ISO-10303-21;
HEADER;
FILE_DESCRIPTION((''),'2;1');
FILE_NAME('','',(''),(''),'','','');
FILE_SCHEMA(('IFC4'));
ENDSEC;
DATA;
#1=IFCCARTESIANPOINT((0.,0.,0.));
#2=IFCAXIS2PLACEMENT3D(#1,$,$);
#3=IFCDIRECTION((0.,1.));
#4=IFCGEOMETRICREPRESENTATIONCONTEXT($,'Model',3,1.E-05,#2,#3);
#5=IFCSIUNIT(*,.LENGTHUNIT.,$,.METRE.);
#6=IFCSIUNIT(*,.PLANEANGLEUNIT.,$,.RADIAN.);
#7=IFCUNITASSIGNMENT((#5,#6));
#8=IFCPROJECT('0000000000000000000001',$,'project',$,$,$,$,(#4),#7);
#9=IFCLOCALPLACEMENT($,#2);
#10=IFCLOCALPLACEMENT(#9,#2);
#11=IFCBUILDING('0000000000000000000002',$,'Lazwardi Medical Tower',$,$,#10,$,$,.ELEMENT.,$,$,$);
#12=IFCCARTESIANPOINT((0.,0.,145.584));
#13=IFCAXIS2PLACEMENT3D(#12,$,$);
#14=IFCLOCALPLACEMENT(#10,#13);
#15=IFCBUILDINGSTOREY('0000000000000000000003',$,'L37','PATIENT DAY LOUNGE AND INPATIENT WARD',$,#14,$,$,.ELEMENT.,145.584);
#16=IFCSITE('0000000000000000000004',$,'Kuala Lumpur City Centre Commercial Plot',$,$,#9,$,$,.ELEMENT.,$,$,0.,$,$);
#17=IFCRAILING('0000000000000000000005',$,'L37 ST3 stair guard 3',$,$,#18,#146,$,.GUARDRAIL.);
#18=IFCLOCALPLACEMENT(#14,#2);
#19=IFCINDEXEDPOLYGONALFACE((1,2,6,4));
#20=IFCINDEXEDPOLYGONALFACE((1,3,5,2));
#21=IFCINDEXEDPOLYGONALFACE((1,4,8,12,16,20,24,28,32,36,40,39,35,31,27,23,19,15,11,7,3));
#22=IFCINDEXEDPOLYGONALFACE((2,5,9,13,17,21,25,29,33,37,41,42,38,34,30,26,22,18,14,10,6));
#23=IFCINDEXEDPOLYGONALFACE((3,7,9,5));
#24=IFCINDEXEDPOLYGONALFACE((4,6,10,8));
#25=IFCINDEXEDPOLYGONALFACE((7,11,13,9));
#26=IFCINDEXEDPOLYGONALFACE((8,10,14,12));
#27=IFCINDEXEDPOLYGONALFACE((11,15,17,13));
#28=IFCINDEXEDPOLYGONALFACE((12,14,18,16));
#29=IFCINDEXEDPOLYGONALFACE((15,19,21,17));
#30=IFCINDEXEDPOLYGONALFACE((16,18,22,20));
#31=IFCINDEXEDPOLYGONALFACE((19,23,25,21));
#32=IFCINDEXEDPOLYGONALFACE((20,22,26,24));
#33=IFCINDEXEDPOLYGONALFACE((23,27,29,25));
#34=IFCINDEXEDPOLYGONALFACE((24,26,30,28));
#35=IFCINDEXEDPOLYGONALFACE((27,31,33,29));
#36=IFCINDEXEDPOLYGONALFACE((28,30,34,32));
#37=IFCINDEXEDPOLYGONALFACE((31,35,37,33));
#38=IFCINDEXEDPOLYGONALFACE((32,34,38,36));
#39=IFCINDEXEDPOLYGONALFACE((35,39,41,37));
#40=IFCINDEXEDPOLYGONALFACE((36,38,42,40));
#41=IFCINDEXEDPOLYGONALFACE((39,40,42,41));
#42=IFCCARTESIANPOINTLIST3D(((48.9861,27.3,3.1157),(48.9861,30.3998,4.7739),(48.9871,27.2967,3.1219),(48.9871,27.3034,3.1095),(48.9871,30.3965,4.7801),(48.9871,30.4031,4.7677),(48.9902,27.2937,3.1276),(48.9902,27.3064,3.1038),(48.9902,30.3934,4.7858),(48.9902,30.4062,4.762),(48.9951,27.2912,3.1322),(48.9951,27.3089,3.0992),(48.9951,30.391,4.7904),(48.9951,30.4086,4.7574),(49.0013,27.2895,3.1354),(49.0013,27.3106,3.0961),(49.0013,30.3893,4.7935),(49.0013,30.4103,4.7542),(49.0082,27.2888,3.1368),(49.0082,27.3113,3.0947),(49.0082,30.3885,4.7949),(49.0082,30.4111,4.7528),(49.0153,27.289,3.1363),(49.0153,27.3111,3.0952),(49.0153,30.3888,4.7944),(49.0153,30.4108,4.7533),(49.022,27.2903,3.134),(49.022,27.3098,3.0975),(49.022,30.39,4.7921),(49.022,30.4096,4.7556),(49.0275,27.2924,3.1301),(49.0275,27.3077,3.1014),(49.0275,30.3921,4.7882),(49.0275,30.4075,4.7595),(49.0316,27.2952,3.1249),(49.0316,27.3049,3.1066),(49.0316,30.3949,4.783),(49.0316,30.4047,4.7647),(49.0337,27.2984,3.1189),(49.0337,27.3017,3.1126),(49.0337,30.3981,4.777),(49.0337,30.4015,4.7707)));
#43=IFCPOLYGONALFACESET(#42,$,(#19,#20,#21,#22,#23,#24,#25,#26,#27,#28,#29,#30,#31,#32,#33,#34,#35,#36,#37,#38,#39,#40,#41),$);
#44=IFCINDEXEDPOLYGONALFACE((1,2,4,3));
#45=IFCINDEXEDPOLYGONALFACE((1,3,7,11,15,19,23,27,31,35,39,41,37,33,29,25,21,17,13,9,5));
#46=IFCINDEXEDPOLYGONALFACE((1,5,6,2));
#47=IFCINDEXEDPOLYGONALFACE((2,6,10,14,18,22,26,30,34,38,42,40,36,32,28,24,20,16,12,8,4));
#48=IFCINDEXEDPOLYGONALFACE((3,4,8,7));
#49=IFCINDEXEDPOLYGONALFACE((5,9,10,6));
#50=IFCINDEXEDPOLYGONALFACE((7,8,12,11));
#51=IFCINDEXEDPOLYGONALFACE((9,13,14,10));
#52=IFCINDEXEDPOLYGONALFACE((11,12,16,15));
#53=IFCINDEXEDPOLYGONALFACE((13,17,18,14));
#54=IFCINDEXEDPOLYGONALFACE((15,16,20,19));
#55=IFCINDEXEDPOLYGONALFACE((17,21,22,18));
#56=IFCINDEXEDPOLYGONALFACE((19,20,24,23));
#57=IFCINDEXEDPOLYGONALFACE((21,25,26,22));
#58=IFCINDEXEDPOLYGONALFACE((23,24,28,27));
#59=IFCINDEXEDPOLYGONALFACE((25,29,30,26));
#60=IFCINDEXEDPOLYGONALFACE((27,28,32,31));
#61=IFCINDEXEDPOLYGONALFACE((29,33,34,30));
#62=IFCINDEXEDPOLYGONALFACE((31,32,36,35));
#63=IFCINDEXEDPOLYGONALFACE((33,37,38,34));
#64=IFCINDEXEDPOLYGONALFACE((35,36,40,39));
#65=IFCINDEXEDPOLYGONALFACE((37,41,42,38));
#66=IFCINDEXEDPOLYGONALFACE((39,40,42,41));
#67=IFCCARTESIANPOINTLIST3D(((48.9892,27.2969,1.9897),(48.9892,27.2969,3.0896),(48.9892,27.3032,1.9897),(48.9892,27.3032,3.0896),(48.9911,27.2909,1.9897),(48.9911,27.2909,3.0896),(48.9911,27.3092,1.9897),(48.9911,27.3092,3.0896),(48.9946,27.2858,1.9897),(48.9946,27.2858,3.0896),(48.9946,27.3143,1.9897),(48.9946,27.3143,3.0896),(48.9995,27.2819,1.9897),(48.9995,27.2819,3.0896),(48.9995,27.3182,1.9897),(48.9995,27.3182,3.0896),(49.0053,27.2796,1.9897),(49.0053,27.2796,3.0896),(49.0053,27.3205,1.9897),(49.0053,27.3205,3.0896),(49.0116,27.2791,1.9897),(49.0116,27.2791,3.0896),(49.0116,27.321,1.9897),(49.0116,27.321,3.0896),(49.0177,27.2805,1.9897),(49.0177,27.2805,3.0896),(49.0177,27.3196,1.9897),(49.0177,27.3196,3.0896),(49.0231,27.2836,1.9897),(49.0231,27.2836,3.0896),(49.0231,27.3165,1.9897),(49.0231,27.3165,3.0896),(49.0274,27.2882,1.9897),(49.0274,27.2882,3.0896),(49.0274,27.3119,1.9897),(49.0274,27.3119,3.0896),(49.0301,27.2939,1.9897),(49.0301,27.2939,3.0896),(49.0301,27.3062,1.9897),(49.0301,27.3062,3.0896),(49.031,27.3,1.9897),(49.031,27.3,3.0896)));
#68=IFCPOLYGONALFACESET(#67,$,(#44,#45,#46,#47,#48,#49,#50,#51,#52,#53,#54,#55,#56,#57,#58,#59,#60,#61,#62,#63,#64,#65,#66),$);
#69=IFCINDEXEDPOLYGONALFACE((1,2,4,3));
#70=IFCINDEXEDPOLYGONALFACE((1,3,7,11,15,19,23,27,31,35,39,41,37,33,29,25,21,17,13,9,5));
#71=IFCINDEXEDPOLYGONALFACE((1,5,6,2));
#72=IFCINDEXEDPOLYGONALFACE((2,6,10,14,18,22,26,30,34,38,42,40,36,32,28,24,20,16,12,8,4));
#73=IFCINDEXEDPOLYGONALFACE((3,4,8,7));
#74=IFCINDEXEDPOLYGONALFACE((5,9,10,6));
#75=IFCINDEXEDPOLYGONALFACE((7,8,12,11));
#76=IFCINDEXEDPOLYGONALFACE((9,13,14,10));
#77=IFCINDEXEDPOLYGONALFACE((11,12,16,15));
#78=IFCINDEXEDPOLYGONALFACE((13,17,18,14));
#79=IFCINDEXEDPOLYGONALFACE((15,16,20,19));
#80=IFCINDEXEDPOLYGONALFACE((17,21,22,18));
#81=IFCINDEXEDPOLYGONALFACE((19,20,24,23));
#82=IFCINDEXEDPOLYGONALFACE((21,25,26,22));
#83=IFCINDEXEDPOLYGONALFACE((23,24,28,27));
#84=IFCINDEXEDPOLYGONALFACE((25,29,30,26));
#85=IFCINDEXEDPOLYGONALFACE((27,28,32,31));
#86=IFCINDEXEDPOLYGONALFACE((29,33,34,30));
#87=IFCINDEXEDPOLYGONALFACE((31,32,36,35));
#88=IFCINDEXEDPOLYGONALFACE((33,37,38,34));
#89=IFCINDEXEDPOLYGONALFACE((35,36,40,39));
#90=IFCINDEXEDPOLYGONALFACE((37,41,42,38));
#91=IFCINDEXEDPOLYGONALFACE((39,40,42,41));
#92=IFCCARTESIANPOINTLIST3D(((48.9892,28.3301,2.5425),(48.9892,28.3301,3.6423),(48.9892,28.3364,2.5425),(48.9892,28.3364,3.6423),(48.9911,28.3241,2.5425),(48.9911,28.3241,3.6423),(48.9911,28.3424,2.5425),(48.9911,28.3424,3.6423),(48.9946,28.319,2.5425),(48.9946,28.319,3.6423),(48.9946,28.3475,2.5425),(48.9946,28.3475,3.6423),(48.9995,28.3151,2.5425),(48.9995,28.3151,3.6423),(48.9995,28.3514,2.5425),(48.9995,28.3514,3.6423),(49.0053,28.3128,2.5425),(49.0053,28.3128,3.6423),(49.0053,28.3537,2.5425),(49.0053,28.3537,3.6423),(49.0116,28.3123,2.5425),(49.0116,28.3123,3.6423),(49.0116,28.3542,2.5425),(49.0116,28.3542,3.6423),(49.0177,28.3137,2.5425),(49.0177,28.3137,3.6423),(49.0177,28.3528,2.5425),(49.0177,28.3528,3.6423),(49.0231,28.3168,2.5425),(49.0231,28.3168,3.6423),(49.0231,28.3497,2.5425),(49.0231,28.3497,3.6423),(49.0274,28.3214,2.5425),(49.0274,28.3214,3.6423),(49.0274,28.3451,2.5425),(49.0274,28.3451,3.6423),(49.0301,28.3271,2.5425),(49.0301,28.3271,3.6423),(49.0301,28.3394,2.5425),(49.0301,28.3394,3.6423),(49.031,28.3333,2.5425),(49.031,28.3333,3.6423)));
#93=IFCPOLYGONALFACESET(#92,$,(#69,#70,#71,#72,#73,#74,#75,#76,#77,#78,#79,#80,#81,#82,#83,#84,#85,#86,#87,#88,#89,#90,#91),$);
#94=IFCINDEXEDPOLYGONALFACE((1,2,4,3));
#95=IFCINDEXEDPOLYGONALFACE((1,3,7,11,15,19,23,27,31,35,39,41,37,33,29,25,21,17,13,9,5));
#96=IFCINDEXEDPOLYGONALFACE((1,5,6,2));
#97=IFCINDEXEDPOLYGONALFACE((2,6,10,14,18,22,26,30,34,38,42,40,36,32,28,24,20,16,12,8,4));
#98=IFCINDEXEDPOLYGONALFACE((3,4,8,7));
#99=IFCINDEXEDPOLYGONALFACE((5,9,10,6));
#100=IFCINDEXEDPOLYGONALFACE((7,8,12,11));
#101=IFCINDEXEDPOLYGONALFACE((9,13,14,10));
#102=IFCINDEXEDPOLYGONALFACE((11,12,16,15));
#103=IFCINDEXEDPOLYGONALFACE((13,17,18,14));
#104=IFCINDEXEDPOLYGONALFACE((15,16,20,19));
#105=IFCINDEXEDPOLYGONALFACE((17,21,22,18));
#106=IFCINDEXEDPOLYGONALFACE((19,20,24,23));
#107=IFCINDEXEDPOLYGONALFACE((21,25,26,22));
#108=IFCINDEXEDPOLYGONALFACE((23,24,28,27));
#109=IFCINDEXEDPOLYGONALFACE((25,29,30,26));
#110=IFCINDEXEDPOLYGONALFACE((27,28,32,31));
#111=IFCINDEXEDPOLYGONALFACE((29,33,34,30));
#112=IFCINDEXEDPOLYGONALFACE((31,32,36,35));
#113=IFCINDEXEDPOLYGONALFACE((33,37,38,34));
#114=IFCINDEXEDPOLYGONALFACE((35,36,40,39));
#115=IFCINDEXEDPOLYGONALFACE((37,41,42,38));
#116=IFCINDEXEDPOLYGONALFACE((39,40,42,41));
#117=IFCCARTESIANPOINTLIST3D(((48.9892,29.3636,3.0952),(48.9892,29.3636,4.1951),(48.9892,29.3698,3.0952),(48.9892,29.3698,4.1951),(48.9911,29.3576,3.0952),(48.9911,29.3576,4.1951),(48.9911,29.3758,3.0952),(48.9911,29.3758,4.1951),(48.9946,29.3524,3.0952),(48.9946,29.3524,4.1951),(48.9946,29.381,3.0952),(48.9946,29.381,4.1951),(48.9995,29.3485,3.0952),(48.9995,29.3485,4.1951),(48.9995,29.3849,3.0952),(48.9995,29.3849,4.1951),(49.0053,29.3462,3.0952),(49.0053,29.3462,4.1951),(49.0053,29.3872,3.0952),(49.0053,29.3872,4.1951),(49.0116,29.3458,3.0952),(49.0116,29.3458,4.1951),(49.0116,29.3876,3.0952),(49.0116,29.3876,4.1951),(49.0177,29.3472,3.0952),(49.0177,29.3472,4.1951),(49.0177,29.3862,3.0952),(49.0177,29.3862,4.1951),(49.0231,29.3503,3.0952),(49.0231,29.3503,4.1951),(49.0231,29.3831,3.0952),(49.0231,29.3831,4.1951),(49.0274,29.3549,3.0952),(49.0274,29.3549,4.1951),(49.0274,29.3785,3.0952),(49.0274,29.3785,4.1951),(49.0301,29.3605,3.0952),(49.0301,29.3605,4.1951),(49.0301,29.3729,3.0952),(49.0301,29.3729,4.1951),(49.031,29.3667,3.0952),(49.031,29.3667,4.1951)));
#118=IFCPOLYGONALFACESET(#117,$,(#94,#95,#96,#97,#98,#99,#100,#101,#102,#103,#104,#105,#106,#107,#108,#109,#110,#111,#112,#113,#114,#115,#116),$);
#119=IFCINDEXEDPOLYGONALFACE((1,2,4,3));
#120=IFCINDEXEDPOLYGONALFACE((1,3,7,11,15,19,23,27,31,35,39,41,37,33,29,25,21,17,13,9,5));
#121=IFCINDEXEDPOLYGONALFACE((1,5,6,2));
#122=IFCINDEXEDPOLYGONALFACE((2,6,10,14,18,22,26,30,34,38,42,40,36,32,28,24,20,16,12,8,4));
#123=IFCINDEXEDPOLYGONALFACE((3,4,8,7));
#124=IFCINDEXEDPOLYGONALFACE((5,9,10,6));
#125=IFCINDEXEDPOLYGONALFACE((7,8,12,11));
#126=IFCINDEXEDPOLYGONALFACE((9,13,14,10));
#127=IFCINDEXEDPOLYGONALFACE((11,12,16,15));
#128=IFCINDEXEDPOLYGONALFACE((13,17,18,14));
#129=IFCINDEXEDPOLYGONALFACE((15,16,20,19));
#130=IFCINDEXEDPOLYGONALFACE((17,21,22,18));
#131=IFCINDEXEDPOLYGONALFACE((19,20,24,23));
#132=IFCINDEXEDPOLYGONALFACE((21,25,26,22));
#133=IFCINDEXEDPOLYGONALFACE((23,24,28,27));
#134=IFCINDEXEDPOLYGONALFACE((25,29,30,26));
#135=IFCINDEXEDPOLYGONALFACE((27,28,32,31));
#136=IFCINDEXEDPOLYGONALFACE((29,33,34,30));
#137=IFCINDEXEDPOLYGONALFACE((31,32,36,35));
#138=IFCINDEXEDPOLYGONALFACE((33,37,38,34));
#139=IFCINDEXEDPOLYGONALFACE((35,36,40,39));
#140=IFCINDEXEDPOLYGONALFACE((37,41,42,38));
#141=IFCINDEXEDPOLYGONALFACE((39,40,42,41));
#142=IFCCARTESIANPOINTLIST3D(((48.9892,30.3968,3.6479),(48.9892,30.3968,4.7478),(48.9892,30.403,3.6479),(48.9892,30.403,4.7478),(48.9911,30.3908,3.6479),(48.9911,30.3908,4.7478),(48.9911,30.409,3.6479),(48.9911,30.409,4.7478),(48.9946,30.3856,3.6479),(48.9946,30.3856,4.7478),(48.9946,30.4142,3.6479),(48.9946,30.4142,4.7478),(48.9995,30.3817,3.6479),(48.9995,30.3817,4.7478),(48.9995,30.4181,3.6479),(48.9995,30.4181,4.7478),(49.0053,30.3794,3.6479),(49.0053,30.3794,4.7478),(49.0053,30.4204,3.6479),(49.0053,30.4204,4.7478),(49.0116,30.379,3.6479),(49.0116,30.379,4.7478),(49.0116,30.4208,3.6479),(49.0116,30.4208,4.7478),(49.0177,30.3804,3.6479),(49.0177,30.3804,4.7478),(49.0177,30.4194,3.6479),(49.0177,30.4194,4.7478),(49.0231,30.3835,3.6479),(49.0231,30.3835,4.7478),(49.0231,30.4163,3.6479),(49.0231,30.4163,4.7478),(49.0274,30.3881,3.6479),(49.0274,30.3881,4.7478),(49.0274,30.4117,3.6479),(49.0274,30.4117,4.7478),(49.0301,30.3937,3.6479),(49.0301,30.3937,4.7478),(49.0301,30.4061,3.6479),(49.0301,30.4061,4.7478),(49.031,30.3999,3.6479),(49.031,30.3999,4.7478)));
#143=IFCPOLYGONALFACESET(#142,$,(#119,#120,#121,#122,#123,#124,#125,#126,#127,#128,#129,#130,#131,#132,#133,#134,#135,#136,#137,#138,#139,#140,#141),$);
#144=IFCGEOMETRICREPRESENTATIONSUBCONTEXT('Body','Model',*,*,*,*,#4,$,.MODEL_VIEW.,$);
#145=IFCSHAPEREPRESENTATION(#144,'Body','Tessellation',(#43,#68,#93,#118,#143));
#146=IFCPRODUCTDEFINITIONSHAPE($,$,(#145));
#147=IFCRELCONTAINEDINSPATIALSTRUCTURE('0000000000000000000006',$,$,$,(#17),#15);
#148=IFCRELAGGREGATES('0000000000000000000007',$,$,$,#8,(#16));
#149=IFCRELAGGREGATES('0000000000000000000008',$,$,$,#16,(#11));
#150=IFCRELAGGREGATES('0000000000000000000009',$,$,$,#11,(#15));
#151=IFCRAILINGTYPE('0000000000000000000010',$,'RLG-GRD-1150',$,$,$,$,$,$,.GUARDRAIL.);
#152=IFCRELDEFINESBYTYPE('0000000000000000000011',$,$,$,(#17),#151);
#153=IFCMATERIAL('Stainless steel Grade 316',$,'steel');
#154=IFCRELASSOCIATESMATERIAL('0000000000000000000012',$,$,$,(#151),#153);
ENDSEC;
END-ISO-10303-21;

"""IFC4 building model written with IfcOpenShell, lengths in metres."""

from ifc_helpers import new_model, si_unit, direction, frame, origin, origin_2d, place, context, subcontext, project, spatial, circle, extrude, material, type_object, element, save


model = new_model("IFC4")

# Units and contexts
model_context = context("Model", 3, precision=1e-05, world=origin(), true_north=direction((0.0, 1.0)))
body_context = subcontext(model_context, "Body", "Model", "MODEL_VIEW")
ifc_project = project(units=[si_unit("LENGTHUNIT", "METRE"), si_unit("PLANEANGLEUNIT", "RADIAN")], contexts=[model_context])

# Site, building, storey
site_placement = place(None, origin())
site = spatial("IfcSite", under=ifc_project, at=site_placement, Name="Kuala Lumpur City Centre Commercial Plot", CompositionType="ELEMENT", RefElevation=0.0)
building_placement = place(site_placement, origin())
building = spatial("IfcBuilding", under=site, at=building_placement, Name="Lazwardi Medical Tower", CompositionType="ELEMENT")
storey_placement = place(building_placement, frame((0.0, 0.0, 145.584)))
storey = spatial("IfcBuildingStorey", under=building, at=storey_placement, Name="L37", Description="PATIENT DAY LOUNGE AND INPATIENT WARD", CompositionType="ELEMENT", Elevation=145.584)

# Railing
ifc_material_1 = material(Name="Stainless steel Grade 316", Category="steel")
railing_type_1 = type_object("IfcRailingType", Name="RLG-GRD-1150", PredefinedType="GUARDRAIL", material=ifc_material_1)
railing_1_placement = place(storey_placement, frame((49.01, 27.3, 1.9897)))
element("IfcRailing", 1, at=railing_1_placement, inside=storey, type_object=railing_type_1, Name="L37 ST3 stair guard 3", PredefinedType="GUARDRAIL", context=body_context, shape_type="SweptSolid", body=[
    extrude(circle(Radius=0.0239, at=origin_2d()), frame((0.0, 0.0, 1.126), z_axis=(0.0, 0.881768, 0.471684), x_axis=(-1.0, 0.0, 0.0)), (0.0, 0.0, 1.0), 3.5154),
    extrude(circle(Radius=0.021, at=origin_2d()), origin(), (0.0, 0.0, 1.0), 1.0999),
    extrude(circle(Radius=0.021, at=origin_2d()), frame((0.0, 1.0332, 0.5527)), (0.0, 0.0, 1.0), 1.0999),
    extrude(circle(Radius=0.021, at=origin_2d()), frame((0.0, 2.0667, 1.1055)), (0.0, 0.0, 1.0), 1.0999),
    extrude(circle(Radius=0.021, at=origin_2d()), frame((0.0, 3.0999, 1.6582)), (0.0, 0.0, 1.0), 1.0999),
])

save(model, "model.ifc")
